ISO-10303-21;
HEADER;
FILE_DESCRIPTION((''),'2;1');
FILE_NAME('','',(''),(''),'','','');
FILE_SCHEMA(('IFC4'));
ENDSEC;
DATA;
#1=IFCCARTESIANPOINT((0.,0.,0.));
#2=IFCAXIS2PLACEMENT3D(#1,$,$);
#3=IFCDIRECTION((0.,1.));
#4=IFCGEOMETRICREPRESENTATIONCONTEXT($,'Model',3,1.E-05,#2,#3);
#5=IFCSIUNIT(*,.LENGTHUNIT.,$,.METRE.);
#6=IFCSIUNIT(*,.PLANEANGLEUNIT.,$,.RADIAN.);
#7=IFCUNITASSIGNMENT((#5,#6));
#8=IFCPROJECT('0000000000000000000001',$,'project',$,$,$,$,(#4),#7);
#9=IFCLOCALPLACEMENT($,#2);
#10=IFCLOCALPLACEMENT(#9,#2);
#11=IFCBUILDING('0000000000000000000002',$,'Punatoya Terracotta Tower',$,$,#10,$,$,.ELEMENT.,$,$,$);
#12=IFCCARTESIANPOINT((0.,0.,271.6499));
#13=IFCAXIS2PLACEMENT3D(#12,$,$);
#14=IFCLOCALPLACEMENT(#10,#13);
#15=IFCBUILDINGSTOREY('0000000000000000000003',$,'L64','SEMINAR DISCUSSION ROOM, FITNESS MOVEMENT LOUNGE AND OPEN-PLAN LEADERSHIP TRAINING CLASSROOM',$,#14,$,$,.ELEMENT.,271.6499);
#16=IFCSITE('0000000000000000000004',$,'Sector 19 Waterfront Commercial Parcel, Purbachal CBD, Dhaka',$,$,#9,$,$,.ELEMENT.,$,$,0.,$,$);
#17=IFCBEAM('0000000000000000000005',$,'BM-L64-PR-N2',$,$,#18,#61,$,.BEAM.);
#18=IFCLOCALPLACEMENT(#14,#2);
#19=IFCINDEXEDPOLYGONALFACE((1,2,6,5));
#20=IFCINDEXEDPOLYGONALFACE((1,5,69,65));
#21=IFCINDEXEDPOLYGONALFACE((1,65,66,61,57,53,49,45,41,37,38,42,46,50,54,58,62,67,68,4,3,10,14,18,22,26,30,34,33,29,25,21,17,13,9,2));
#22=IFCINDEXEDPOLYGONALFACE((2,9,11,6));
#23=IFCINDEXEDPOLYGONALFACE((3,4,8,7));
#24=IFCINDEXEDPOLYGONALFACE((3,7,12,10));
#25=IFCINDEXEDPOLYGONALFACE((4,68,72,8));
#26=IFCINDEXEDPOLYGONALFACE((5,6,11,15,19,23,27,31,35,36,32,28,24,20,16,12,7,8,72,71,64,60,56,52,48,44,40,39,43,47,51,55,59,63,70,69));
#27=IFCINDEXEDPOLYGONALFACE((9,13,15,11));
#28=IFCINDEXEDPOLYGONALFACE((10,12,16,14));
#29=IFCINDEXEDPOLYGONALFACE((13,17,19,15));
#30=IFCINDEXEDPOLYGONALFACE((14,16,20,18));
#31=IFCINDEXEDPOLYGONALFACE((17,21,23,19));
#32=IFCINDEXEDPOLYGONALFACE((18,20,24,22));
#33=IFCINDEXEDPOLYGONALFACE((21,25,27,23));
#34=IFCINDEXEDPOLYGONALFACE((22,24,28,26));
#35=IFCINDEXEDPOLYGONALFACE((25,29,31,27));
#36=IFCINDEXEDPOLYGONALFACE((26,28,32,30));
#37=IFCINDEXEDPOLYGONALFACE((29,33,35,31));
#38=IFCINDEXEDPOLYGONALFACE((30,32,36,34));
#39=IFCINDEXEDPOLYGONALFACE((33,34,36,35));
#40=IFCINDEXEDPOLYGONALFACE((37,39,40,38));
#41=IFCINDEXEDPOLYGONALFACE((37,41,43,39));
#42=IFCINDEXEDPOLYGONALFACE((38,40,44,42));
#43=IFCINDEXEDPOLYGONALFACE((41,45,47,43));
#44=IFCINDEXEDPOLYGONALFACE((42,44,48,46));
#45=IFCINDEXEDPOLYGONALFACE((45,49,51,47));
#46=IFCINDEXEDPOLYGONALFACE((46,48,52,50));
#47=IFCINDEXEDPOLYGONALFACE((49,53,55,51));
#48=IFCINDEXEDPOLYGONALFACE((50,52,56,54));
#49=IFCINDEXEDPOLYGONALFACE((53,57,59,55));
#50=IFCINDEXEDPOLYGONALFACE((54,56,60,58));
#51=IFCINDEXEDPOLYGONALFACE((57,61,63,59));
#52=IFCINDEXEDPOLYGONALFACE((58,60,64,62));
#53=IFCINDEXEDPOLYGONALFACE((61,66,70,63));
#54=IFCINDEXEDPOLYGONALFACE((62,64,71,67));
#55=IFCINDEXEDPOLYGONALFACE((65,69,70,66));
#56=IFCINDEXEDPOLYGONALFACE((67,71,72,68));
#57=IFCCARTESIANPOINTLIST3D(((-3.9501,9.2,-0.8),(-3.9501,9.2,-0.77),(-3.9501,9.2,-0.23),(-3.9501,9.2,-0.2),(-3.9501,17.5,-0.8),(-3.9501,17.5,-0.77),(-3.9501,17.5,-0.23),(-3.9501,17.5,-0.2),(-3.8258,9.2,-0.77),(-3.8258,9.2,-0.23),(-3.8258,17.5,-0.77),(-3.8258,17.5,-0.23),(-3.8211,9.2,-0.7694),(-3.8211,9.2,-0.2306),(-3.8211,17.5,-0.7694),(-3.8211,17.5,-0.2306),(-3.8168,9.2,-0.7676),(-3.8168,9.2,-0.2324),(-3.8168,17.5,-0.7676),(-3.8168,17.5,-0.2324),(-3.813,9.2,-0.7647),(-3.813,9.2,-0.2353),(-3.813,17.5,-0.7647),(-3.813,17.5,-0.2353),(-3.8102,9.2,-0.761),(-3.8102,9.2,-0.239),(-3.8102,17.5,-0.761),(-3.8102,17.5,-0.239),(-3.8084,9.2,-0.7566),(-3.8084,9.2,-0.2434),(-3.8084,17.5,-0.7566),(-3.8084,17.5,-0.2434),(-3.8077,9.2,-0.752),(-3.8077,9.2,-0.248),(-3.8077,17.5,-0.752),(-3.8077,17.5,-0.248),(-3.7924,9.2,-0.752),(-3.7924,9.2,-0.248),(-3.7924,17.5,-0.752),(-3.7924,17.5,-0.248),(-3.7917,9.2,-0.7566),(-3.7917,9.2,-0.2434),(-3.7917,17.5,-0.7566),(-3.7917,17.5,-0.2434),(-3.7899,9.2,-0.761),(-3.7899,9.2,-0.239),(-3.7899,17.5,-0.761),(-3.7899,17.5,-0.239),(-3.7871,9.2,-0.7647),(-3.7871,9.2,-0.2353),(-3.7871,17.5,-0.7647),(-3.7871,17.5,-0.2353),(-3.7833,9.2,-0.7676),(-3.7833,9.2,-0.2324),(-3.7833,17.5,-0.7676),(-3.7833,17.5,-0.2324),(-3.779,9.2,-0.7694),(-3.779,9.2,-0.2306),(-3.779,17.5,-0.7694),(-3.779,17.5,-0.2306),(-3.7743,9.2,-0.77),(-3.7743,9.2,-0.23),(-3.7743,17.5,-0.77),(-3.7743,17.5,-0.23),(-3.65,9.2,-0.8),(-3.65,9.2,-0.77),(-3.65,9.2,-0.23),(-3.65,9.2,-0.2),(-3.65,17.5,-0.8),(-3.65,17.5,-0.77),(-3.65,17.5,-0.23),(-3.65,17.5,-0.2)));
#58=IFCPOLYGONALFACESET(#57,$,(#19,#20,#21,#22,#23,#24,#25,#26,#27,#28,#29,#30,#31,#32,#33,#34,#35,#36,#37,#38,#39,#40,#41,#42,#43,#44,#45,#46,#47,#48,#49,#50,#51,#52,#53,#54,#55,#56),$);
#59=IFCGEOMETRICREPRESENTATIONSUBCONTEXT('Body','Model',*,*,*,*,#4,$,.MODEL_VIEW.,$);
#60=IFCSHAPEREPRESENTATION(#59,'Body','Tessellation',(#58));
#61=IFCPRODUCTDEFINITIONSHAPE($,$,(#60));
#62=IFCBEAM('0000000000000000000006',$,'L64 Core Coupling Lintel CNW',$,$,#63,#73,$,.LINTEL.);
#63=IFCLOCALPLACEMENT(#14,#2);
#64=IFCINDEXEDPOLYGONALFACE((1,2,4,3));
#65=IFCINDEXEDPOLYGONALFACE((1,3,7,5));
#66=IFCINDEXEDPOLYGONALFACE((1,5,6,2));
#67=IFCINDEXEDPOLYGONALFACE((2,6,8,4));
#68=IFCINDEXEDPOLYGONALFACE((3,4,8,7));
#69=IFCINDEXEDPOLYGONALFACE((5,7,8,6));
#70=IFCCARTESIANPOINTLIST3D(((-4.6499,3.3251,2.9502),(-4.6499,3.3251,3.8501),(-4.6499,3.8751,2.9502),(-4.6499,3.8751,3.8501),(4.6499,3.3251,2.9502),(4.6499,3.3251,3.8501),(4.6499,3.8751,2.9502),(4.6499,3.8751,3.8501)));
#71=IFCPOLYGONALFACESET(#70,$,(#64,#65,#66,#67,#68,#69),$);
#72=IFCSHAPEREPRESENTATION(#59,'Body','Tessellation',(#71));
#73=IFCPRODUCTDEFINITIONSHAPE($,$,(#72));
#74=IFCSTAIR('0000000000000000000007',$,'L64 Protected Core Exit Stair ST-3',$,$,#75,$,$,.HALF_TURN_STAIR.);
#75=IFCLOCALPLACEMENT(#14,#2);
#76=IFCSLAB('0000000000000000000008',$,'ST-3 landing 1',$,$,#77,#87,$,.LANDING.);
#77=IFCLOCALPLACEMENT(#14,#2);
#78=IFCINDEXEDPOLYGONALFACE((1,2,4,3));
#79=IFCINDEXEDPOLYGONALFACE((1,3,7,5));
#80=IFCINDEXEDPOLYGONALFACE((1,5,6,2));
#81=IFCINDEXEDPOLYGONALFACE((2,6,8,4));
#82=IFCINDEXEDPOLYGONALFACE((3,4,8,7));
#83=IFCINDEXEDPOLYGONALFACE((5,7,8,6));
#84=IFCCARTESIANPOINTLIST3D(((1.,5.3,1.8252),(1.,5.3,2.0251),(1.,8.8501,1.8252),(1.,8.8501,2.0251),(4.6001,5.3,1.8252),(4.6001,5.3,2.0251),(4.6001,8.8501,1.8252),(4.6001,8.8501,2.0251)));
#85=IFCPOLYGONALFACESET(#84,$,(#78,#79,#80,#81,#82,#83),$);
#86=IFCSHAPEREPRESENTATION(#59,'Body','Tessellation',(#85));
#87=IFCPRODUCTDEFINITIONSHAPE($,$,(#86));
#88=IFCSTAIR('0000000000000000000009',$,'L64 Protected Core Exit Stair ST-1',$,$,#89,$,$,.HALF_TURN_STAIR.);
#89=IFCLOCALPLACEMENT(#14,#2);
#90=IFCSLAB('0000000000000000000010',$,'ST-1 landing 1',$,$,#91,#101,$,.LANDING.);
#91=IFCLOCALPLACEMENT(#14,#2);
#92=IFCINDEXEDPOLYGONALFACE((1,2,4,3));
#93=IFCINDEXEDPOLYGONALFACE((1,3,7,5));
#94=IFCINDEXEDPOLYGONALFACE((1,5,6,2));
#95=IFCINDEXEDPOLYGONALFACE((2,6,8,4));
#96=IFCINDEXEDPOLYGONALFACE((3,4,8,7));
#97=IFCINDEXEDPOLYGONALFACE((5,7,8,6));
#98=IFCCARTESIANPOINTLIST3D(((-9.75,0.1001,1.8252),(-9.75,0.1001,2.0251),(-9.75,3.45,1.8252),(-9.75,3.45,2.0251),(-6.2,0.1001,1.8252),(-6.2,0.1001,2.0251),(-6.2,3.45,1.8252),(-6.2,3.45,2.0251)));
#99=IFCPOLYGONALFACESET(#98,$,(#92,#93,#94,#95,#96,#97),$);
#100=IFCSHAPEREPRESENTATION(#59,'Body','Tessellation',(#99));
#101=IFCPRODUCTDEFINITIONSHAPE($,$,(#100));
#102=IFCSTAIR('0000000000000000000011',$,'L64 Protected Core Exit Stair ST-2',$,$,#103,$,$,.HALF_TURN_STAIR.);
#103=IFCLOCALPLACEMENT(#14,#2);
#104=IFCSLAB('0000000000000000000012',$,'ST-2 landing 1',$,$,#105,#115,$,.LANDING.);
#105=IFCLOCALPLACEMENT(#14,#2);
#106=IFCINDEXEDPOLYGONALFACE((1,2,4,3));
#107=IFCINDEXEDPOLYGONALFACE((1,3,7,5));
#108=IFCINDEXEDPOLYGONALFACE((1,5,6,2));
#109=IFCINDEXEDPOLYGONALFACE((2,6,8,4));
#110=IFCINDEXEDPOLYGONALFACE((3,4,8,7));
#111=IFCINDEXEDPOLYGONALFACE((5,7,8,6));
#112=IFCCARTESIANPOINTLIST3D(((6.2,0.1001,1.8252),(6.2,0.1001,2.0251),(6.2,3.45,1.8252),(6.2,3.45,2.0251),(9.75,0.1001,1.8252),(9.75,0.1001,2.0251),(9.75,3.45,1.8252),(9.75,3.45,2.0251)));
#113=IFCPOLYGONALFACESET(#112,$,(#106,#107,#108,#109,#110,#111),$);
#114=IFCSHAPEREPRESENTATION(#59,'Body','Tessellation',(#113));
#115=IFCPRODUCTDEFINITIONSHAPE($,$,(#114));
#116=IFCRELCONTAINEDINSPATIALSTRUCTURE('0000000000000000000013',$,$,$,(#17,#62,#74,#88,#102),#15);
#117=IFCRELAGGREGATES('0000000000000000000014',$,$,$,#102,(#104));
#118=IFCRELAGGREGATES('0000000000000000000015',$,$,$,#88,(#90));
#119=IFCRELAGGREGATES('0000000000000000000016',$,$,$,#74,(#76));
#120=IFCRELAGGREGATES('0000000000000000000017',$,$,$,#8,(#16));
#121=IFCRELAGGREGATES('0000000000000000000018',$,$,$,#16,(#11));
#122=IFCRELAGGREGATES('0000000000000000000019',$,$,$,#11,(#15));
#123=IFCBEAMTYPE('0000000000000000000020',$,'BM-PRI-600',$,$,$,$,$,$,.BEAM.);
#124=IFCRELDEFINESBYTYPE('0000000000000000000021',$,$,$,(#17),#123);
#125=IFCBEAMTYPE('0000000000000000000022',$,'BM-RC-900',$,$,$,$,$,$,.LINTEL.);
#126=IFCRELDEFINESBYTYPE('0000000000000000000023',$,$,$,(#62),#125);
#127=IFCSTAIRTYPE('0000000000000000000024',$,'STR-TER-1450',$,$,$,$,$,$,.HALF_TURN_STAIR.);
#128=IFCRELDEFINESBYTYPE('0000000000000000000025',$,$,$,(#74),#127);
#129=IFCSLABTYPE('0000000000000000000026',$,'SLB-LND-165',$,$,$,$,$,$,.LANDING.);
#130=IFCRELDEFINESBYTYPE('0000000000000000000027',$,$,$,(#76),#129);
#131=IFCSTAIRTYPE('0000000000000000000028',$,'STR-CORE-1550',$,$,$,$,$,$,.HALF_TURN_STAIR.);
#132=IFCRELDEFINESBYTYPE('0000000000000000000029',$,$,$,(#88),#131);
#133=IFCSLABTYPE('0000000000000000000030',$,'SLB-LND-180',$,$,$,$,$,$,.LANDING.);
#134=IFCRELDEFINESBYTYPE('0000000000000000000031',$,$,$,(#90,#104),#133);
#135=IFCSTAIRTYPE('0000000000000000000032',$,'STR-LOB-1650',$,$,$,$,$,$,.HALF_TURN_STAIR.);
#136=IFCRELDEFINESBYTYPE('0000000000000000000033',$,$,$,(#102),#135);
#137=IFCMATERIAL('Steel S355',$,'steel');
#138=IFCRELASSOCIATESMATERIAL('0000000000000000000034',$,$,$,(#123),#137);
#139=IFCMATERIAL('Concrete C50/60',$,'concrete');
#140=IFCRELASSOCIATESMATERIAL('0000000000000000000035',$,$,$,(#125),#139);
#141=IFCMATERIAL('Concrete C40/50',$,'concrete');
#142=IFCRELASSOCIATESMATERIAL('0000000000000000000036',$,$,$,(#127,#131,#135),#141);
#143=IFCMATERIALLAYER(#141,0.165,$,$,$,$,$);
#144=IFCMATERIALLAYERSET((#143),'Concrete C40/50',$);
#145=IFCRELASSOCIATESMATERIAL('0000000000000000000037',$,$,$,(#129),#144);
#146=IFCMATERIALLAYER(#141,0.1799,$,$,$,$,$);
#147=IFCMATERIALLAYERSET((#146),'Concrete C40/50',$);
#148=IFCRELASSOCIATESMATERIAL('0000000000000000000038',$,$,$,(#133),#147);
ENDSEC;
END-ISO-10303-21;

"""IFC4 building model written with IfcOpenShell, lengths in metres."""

from ifc_helpers import new_model, si_unit, direction, frame, origin, origin_2d, place, context, subcontext, project, spatial, polyline, rectangle, i_section, outline, extrude, material, layer, layer_set, material_profile, profile_set, type_object, element, aggregate, save


model = new_model("IFC4")

# Units and contexts
model_context = context("Model", 3, precision=1e-05, world=origin(), true_north=direction((0.0, 1.0)))
body_context = subcontext(model_context, "Body", "Model", "MODEL_VIEW")
ifc_project = project(units=[si_unit("LENGTHUNIT", "METRE"), si_unit("PLANEANGLEUNIT", "RADIAN")], contexts=[model_context])

# Site, building, storey
site_placement = place(None, origin())
site = spatial("IfcSite", under=ifc_project, at=site_placement, Name="Sector 19 Waterfront Commercial Parcel, Purbachal CBD, Dhaka", CompositionType="ELEMENT", RefElevation=0.0)
building_placement = place(site_placement, origin())
building = spatial("IfcBuilding", under=site, at=building_placement, Name="Punatoya Terracotta Tower", CompositionType="ELEMENT")
storey_placement = place(building_placement, frame((0.0, 0.0, 271.6499)))
storey = spatial("IfcBuildingStorey", under=building, at=storey_placement, Name="L64", Description="SEMINAR DISCUSSION ROOM, FITNESS MOVEMENT LOUNGE AND OPEN-PLAN LEADERSHIP TRAINING CLASSROOM", CompositionType="ELEMENT", Elevation=271.6499)

# Beams
ifc_material_1 = material(Name="Steel S355", Category="steel")
ifc_material_profile_1 = material_profile(ifc_material_1, i_section(OverallWidth=0.3, OverallDepth=0.6001, WebThickness=0.0154, FlangeThickness=0.03, FilletRadius=0.0181, at=origin_2d()))
ifc_profile_set_1 = profile_set([ifc_material_profile_1], Name="Steel S355")
beam_type_1 = type_object("IfcBeamType", Name="BM-PRI-600", PredefinedType="BEAM", material=ifc_profile_set_1)
beam_1_placement = place(storey_placement, frame((-3.8, 9.2, -0.5), z_axis=(0.0, 1.0, 0.0), x_axis=(-1.0, 0.0, 0.0)))
element("IfcBeam", 1, at=beam_1_placement, inside=storey, type_object=beam_type_1, Name="BM-L64-PR-N2", PredefinedType="BEAM", context=body_context, shape_type="SweptSolid", body=[
    extrude(i_section(OverallWidth=0.3, OverallDepth=0.6001, WebThickness=0.0154, FlangeThickness=0.03, FilletRadius=0.0181, at=origin_2d()), origin(), (0.0, 0.0, 1.0), 8.3),
])
ifc_material_2 = material(Name="Concrete C50/60", Category="concrete")
ifc_material_profile_2 = material_profile(ifc_material_2, rectangle(XDim=0.55, YDim=0.8999, at=origin_2d()))
ifc_profile_set_2 = profile_set([ifc_material_profile_2], Name="Concrete C50/60")
beam_type_2 = type_object("IfcBeamType", Name="BM-RC-900", PredefinedType="LINTEL", material=ifc_profile_set_2)
beam_2_placement = place(storey_placement, frame((-4.6499, 3.6001, 3.4001), z_axis=(1.0, 0.0, 0.0), x_axis=(0.0, 1.0, 0.0)))
element("IfcBeam", 2, at=beam_2_placement, inside=storey, type_object=beam_type_2, Name="L64 Core Coupling Lintel CNW", PredefinedType="LINTEL", context=body_context, shape_type="SweptSolid", body=[
    extrude(rectangle(XDim=0.55, YDim=0.8999, at=origin_2d()), origin(), (0.0, 0.0, 1.0), 9.2998),
])

# Stairs, slabs
ifc_material_3 = material(Name="Concrete C40/50", Category="concrete")
stair_type_1 = type_object("IfcStairType", Name="STR-TER-1450", PredefinedType="HALF_TURN_STAIR", material=ifc_material_3)
stair_1_placement = place(storey_placement, origin())
stair_1 = element("IfcStair", 3, at=stair_1_placement, inside=storey, type_object=stair_type_1, Name="L64 Protected Core Exit Stair ST-3", PredefinedType="HALF_TURN_STAIR")
ifc_layer_1 = layer(ifc_material_3, 0.165)
ifc_layer_set_1 = layer_set([ifc_layer_1], Name="Concrete C40/50")
slab_type_1 = type_object("IfcSlabType", Name="SLB-LND-165", PredefinedType="LANDING", material=ifc_layer_set_1)
slab_1_placement = place(storey_placement, frame((0.0, 0.0, 1.8252)))
slab_1 = element("IfcSlab", 4, at=slab_1_placement, type_object=slab_type_1, Name="ST-3 landing 1", PredefinedType="LANDING", context=body_context, shape_type="SweptSolid", body=[
    extrude(outline(polyline([(1.0, 5.3), (4.6001, 5.3), (4.6001, 8.8501), (1.0, 8.8501), (1.0, 5.3)])), origin(), (0.0, 0.0, 1.0), 0.2),
])
stair_type_2 = type_object("IfcStairType", Name="STR-CORE-1550", PredefinedType="HALF_TURN_STAIR", material=ifc_material_3)
stair_2_placement = place(storey_placement, origin())
stair_2 = element("IfcStair", 5, at=stair_2_placement, inside=storey, type_object=stair_type_2, Name="L64 Protected Core Exit Stair ST-1", PredefinedType="HALF_TURN_STAIR")
ifc_layer_2 = layer(ifc_material_3, 0.1799)
ifc_layer_set_2 = layer_set([ifc_layer_2], Name="Concrete C40/50")
slab_type_2 = type_object("IfcSlabType", Name="SLB-LND-180", PredefinedType="LANDING", material=ifc_layer_set_2)
slab_2_placement = place(storey_placement, frame((0.0, 0.0, 1.8252)))
slab_2 = element("IfcSlab", 6, at=slab_2_placement, type_object=slab_type_2, Name="ST-1 landing 1", PredefinedType="LANDING", context=body_context, shape_type="SweptSolid", body=[
    extrude(outline(polyline([(-6.2, 0.1001), (-6.2, 3.45), (-9.75, 3.45), (-9.75, 0.1001), (-6.2, 0.1001)])), origin(), (0.0, 0.0, 1.0), 0.2),
])
stair_type_3 = type_object("IfcStairType", Name="STR-LOB-1650", PredefinedType="HALF_TURN_STAIR", material=ifc_material_3)
stair_3_placement = place(storey_placement, origin())
stair_3 = element("IfcStair", 7, at=stair_3_placement, inside=storey, type_object=stair_type_3, Name="L64 Protected Core Exit Stair ST-2", PredefinedType="HALF_TURN_STAIR")
slab_3_placement = place(storey_placement, frame((0.0, 0.0, 1.8252)))
slab_3 = element("IfcSlab", 8, at=slab_3_placement, type_object=slab_type_2, Name="ST-2 landing 1", PredefinedType="LANDING", context=body_context, shape_type="SweptSolid", body=[
    extrude(outline(polyline([(9.75, 0.1001), (9.75, 3.45), (6.2, 3.45), (6.2, 0.1001), (9.75, 0.1001)])), origin(), (0.0, 0.0, 1.0), 0.2),
])
aggregate(stair_3, [slab_3])

aggregate(stair_2, [slab_2])
aggregate(stair_1, [slab_1])

save(model, "model.ifc")
